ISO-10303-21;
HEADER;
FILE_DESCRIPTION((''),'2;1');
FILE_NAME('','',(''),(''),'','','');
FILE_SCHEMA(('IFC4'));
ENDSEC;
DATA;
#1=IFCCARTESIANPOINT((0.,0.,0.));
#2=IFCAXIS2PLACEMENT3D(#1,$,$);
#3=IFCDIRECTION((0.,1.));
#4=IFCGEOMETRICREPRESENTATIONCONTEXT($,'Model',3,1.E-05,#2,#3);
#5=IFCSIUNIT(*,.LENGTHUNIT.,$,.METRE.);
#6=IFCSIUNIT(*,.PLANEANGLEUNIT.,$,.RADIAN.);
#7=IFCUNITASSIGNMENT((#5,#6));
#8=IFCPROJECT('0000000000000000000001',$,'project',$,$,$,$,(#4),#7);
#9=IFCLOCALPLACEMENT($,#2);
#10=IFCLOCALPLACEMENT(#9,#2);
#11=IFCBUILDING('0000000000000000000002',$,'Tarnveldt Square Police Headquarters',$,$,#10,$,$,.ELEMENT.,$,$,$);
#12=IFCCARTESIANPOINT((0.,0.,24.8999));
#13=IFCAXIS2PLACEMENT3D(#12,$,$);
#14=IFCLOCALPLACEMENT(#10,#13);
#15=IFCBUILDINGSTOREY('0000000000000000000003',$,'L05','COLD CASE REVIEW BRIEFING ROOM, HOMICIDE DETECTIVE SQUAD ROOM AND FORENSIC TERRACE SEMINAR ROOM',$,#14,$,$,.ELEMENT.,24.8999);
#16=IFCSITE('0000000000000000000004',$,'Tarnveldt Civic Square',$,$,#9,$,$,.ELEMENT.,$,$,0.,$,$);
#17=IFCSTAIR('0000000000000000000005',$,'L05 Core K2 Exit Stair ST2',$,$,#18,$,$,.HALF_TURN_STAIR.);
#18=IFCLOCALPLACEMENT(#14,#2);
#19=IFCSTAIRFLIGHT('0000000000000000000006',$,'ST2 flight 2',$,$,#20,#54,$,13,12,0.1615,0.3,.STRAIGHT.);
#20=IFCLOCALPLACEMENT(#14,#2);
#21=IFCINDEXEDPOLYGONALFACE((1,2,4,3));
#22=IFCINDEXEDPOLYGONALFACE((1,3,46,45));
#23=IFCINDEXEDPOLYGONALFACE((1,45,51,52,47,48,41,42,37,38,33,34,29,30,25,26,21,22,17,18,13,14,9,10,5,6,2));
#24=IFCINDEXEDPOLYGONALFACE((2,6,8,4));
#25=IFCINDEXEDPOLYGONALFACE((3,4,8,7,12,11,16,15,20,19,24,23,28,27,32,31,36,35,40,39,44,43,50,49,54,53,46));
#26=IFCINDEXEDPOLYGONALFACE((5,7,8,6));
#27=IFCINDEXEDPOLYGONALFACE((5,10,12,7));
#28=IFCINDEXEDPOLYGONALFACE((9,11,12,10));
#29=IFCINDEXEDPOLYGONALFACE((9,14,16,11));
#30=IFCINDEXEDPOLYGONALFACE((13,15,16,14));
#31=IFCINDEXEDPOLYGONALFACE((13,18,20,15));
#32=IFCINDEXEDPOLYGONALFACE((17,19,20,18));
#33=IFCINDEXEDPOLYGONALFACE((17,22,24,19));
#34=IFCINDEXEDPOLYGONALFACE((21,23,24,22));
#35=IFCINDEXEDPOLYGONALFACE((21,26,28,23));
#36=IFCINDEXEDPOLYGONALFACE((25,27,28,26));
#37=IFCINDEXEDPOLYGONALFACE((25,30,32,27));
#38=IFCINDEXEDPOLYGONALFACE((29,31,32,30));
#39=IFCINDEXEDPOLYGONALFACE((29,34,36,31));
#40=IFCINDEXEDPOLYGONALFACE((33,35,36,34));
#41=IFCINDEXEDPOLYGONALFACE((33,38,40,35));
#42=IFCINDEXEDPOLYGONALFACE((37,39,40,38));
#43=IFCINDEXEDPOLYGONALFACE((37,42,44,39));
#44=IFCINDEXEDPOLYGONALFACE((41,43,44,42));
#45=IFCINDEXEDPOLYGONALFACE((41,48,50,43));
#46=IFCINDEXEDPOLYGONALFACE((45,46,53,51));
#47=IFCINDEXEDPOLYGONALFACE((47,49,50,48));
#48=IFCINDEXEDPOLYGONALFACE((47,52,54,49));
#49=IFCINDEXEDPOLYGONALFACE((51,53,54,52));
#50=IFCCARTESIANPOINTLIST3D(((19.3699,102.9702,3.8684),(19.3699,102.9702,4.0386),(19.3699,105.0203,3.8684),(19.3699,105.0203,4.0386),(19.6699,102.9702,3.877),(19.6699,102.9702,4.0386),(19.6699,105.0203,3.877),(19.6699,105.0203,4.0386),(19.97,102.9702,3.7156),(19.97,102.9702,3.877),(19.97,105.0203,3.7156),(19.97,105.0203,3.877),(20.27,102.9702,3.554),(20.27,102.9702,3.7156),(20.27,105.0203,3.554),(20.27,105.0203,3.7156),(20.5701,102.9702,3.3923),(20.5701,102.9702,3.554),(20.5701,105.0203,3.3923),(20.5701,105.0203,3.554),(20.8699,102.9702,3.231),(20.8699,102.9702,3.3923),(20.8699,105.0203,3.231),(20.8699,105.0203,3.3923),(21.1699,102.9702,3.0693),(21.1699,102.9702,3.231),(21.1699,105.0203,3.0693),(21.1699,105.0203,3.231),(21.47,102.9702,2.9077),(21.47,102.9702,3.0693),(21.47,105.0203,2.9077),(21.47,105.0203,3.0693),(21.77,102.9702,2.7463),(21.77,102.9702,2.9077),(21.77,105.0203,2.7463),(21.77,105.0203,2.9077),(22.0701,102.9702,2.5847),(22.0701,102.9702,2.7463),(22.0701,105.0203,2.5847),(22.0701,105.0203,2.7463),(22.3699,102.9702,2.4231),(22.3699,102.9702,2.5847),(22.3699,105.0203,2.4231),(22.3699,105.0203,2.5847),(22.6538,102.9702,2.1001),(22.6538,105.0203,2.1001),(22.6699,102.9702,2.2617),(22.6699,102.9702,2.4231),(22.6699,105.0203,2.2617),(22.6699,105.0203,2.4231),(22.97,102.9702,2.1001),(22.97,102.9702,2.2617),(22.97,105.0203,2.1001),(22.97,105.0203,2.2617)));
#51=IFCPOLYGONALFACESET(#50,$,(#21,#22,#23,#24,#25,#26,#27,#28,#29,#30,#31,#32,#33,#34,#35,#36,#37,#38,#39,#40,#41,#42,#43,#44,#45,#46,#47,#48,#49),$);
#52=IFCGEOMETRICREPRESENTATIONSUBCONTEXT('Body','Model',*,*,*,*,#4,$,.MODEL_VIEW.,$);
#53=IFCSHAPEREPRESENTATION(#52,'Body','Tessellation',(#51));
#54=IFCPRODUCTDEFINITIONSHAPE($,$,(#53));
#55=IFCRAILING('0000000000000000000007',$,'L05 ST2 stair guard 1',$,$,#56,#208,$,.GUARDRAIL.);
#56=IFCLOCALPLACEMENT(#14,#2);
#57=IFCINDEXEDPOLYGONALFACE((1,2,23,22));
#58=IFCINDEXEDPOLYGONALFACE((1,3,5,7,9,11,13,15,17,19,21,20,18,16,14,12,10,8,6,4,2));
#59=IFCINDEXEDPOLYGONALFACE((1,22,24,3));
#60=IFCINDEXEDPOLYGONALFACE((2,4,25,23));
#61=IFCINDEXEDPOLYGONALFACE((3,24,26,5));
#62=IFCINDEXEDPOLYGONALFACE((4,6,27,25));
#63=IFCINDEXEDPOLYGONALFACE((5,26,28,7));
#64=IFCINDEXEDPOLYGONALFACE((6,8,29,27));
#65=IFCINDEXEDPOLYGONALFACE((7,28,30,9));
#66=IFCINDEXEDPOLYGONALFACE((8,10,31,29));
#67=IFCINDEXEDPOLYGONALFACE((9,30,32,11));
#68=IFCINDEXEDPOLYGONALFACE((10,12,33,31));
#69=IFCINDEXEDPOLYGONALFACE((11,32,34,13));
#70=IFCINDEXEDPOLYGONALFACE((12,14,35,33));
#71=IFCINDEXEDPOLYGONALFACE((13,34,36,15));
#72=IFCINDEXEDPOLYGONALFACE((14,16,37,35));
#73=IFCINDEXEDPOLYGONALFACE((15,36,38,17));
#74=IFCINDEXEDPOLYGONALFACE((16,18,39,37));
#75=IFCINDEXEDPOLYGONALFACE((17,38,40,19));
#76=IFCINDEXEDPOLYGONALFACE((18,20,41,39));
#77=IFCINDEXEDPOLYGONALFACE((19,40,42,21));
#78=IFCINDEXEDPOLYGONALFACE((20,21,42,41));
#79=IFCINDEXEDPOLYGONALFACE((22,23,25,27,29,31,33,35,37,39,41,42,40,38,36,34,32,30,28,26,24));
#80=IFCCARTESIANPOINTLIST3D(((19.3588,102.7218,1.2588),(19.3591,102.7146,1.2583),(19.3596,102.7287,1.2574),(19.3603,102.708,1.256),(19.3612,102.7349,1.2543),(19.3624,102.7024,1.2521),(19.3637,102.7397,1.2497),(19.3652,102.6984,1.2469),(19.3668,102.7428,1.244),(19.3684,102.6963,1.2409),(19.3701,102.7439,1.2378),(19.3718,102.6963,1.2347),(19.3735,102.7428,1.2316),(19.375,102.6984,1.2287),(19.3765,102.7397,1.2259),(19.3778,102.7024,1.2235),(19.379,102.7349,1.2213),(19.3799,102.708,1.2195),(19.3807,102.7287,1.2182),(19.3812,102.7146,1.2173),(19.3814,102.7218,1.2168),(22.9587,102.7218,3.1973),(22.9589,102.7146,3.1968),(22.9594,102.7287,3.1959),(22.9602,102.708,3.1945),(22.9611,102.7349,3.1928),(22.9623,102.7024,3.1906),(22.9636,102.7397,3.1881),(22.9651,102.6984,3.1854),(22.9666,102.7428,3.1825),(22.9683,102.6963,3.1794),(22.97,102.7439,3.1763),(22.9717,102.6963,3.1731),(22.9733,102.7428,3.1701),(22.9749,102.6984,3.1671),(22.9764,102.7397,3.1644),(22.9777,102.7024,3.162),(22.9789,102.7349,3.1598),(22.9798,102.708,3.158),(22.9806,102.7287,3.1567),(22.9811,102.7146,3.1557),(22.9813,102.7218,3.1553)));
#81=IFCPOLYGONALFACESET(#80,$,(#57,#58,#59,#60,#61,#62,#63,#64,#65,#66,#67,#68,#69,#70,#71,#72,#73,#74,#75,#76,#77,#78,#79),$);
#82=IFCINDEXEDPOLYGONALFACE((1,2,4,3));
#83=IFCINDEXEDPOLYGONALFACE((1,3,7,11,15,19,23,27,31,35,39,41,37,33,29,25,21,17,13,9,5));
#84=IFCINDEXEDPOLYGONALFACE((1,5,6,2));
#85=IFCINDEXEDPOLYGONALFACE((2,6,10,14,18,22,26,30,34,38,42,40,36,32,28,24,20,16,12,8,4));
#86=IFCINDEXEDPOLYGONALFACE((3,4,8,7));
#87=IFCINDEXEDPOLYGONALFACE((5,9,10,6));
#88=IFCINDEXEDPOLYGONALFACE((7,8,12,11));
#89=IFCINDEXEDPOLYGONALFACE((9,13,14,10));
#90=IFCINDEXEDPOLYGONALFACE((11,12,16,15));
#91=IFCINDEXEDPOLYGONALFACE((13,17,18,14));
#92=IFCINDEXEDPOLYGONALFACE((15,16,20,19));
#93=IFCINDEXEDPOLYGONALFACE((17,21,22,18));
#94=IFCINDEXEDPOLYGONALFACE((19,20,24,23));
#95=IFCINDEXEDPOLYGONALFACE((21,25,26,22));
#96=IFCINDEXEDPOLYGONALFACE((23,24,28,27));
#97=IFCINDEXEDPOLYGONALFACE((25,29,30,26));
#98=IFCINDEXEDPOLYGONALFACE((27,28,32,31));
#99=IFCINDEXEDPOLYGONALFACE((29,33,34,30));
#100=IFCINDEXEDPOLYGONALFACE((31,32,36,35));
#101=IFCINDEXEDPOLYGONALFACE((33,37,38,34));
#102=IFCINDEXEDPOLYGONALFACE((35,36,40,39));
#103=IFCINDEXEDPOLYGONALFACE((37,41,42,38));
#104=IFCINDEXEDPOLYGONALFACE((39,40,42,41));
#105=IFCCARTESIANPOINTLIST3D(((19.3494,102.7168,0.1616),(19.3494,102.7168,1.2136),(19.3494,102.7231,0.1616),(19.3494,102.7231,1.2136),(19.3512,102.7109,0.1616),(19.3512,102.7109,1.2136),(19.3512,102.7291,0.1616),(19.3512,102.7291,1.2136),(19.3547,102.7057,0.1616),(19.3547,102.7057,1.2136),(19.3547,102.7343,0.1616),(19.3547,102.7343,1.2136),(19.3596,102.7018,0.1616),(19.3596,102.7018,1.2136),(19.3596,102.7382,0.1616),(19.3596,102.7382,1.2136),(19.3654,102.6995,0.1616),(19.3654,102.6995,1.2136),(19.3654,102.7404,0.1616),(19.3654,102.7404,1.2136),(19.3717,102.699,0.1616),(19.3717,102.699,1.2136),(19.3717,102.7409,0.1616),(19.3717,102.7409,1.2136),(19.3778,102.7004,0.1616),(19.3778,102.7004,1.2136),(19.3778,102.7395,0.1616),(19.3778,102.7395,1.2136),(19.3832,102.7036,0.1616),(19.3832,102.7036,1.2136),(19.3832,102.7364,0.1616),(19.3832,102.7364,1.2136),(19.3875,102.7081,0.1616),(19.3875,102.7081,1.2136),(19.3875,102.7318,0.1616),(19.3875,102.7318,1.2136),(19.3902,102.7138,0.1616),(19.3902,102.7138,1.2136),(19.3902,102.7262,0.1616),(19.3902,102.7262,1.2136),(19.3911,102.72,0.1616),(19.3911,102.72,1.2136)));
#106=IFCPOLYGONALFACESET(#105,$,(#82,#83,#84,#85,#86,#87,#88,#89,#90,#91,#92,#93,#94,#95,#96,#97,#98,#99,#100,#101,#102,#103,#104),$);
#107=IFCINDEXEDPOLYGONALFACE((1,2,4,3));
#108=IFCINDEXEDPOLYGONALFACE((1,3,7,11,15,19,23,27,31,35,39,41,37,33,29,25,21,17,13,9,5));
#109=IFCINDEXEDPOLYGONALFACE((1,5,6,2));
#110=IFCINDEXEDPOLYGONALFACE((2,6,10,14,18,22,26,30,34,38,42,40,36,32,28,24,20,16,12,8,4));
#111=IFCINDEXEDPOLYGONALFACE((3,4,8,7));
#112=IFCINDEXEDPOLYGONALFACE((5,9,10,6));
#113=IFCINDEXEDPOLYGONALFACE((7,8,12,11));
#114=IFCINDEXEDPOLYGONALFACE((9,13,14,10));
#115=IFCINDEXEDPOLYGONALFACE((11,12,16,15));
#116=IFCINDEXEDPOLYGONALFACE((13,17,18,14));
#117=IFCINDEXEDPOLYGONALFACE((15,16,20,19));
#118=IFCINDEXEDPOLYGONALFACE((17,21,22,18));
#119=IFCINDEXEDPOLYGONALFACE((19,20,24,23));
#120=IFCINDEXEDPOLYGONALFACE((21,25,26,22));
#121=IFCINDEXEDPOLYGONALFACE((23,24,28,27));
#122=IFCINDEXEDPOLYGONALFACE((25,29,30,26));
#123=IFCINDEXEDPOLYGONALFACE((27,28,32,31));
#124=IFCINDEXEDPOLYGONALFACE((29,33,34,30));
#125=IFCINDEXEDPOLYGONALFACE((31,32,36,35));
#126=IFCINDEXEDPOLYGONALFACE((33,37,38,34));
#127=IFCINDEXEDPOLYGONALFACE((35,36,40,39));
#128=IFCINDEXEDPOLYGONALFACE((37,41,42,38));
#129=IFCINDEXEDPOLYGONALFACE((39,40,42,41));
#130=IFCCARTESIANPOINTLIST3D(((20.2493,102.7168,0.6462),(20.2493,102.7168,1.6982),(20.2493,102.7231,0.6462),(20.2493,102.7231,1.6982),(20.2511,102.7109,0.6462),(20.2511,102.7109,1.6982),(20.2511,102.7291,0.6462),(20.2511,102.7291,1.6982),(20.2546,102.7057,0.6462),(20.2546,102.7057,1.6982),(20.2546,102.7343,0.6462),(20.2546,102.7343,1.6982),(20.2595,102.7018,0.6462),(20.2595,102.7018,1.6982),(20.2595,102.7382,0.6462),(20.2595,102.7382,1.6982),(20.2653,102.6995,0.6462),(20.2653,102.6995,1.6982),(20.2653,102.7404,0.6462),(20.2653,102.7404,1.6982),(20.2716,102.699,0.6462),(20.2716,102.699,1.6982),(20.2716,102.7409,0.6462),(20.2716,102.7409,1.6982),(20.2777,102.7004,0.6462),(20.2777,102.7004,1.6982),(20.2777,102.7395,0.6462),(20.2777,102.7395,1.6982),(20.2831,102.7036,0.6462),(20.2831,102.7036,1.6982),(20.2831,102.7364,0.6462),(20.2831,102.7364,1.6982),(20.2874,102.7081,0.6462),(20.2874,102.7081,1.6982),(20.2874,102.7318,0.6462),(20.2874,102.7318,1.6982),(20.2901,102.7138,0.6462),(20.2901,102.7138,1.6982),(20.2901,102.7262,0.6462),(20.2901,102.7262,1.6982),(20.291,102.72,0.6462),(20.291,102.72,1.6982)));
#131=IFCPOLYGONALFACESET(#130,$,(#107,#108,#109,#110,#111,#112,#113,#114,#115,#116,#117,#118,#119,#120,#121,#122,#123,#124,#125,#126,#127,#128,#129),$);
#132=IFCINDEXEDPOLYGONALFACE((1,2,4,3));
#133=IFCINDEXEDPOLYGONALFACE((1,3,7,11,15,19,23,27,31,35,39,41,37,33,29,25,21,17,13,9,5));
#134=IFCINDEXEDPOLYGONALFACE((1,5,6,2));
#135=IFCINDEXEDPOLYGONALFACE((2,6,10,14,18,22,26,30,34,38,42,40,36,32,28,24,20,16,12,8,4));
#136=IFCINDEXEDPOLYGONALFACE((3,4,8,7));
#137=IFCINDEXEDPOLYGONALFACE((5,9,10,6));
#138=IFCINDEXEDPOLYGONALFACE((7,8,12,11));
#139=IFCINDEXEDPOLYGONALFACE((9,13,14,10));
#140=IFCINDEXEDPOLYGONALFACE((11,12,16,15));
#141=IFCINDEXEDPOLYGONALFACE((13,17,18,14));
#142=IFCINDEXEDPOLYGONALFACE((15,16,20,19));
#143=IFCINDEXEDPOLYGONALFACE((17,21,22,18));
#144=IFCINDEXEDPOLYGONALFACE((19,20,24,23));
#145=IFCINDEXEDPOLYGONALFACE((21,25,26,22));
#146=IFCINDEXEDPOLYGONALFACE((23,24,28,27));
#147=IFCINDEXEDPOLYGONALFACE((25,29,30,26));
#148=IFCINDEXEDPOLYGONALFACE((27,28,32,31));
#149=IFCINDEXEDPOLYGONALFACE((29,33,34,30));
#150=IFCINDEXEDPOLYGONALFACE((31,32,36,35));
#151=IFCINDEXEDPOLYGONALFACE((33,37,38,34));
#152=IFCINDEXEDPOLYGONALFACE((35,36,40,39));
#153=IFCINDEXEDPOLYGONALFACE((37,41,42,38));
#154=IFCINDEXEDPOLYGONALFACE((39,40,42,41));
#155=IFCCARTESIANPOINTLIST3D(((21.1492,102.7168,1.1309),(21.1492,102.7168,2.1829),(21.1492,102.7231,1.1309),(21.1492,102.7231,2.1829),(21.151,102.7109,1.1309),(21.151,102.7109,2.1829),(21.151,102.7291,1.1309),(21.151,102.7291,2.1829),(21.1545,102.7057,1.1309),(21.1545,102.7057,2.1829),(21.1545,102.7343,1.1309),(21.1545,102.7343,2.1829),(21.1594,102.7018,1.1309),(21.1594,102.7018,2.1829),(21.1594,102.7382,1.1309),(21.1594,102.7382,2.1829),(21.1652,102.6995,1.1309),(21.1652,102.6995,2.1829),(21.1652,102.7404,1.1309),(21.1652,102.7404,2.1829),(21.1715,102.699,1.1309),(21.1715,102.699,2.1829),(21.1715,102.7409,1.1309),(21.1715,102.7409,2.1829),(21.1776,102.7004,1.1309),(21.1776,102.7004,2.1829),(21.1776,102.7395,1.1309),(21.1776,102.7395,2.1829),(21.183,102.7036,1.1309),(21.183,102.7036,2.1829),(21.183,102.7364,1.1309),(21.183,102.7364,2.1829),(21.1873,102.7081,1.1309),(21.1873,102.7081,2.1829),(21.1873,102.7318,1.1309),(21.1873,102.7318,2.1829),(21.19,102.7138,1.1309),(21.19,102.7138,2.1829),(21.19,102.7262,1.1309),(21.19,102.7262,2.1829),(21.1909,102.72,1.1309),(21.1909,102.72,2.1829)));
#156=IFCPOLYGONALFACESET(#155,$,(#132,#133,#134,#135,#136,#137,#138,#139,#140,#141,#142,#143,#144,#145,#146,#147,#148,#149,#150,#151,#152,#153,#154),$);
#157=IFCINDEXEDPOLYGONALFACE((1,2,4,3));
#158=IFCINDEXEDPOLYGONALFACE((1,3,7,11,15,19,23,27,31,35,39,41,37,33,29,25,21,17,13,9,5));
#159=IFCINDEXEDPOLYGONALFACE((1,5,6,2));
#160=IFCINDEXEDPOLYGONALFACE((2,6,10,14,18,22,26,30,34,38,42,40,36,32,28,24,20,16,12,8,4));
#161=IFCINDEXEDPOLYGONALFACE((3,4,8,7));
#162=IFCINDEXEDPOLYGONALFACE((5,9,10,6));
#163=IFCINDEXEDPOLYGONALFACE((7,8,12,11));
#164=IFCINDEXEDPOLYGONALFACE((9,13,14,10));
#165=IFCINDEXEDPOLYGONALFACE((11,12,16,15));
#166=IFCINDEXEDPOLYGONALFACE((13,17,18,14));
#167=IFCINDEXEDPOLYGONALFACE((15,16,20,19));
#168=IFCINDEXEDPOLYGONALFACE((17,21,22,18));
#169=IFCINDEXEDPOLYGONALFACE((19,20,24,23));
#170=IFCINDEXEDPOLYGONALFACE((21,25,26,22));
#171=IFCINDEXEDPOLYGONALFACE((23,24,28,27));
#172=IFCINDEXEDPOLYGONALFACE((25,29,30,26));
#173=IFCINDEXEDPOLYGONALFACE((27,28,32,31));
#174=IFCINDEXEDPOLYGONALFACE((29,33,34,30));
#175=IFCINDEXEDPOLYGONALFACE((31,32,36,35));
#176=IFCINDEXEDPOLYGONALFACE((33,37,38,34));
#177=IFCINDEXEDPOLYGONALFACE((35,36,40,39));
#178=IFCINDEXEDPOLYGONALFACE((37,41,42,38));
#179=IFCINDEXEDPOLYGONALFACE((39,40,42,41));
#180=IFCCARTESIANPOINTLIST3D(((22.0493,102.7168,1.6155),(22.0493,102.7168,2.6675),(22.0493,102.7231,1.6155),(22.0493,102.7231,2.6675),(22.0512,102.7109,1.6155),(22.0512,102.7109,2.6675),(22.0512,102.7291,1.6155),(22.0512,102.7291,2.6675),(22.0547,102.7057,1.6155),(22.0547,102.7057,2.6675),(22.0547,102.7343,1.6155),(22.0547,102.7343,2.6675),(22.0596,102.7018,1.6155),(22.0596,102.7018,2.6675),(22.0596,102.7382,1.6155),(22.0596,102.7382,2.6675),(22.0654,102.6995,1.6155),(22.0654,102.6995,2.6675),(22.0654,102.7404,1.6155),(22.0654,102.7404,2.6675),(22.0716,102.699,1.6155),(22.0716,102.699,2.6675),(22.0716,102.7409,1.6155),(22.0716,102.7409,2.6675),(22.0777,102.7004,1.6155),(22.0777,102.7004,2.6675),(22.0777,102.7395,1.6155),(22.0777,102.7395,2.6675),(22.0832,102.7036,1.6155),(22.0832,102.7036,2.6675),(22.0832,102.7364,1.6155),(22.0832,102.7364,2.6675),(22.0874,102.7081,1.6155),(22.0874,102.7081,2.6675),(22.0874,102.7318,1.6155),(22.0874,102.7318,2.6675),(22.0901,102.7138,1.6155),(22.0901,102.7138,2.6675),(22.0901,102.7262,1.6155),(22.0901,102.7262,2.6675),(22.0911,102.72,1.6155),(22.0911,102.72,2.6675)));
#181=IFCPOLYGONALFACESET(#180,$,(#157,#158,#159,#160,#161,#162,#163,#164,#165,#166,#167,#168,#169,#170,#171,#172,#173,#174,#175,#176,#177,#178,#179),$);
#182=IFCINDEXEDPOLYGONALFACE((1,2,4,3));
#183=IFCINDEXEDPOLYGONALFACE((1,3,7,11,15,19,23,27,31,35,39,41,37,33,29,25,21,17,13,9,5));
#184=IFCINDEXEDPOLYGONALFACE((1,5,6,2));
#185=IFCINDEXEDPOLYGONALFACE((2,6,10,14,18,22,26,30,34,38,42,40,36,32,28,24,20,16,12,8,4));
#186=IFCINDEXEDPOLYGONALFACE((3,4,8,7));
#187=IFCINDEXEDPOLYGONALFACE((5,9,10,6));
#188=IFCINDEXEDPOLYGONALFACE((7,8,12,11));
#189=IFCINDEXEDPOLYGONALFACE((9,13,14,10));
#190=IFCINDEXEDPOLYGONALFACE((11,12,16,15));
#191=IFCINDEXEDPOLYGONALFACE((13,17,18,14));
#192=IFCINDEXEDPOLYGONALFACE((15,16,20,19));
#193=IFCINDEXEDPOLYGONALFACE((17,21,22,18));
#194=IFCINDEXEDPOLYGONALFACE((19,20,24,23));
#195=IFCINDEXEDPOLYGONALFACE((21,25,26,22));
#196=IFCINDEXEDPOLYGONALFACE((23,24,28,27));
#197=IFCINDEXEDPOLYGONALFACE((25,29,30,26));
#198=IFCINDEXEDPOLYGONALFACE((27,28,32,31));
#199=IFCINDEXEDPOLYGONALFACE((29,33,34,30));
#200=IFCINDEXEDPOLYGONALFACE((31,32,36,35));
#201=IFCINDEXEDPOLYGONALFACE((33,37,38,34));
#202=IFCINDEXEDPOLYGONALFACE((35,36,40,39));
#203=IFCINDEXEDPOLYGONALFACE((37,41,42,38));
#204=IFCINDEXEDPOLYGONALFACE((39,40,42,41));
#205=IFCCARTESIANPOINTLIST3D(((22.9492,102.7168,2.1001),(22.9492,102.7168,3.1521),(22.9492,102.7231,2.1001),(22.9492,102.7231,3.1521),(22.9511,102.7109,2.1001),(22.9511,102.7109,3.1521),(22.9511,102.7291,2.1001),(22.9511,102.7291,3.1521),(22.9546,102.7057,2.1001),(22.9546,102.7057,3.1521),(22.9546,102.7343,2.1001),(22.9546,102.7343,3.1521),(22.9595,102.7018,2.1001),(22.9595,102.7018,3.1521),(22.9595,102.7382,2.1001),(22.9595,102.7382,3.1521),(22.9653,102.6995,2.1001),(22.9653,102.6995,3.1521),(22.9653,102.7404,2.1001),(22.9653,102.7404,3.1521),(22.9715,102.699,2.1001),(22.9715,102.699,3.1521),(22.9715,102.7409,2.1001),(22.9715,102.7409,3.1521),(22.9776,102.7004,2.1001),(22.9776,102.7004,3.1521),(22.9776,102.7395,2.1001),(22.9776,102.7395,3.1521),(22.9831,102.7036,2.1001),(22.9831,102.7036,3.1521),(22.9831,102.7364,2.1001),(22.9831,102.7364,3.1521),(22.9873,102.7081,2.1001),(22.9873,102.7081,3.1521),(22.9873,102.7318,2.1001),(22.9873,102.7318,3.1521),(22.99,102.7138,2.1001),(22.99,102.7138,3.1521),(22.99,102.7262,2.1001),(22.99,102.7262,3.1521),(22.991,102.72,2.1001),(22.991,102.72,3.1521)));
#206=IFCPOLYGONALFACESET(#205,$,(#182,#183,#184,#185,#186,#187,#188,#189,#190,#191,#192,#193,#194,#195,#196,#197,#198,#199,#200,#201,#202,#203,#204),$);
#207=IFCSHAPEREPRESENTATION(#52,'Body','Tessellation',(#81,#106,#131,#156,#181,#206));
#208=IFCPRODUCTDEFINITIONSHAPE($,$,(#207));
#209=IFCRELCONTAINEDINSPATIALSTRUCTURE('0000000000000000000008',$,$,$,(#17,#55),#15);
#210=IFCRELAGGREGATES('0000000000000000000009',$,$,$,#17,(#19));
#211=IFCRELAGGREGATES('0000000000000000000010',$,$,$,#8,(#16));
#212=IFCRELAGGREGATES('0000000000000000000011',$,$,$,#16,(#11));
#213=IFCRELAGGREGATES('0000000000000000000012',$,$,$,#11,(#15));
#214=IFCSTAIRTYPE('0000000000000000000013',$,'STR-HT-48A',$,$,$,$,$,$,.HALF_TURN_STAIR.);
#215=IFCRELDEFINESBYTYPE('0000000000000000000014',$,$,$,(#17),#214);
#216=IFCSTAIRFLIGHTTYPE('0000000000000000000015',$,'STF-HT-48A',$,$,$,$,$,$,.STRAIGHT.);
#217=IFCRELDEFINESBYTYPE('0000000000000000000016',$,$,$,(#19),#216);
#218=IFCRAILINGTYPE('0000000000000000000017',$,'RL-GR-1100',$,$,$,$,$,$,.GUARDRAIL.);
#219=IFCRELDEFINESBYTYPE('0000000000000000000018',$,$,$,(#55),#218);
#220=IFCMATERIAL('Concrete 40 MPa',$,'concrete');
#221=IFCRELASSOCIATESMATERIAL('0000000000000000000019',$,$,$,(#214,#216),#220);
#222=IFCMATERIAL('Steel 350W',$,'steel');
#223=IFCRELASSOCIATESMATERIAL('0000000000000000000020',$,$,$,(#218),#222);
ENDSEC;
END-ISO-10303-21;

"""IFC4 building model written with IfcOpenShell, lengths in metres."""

from ifc_helpers import new_model, si_unit, direction, frame, origin, origin_2d, place, context, subcontext, project, spatial, polyline, circle, outline, extrude, material, type_object, element, aggregate, save


model = new_model("IFC4")

# Units and contexts
model_context = context("Model", 3, precision=1e-05, world=origin(), true_north=direction((0.0, 1.0)))
body_context = subcontext(model_context, "Body", "Model", "MODEL_VIEW")
ifc_project = project(units=[si_unit("LENGTHUNIT", "METRE"), si_unit("PLANEANGLEUNIT", "RADIAN")], contexts=[model_context])

# Site, building, storey
site_placement = place(None, origin())
site = spatial("IfcSite", under=ifc_project, at=site_placement, Name="Tarnveldt Civic Square", CompositionType="ELEMENT", RefElevation=0.0)
building_placement = place(site_placement, origin())
building = spatial("IfcBuilding", under=site, at=building_placement, Name="Tarnveldt Square Police Headquarters", CompositionType="ELEMENT")
storey_placement = place(building_placement, frame((0.0, 0.0, 24.8999)))
storey = spatial("IfcBuildingStorey", under=building, at=storey_placement, Name="L05", Description="COLD CASE REVIEW BRIEFING ROOM, HOMICIDE DETECTIVE SQUAD ROOM AND FORENSIC TERRACE SEMINAR ROOM", CompositionType="ELEMENT", Elevation=24.8999)

# Shared definitions
ifc_material_1 = material(Name="Steel 350W", Category="steel")

# Shared definitions
ifc_material_2 = material(Name="Concrete 40 MPa", Category="concrete")

# Stair, stair flight
stair_type = type_object("IfcStairType", Name="STR-HT-48A", PredefinedType="HALF_TURN_STAIR", material=ifc_material_2)
stair_placement = place(storey_placement, origin())
stair = element("IfcStair", 1, at=stair_placement, inside=storey, type_object=stair_type, Name="L05 Core K2 Exit Stair ST2", PredefinedType="HALF_TURN_STAIR")
stair_flight_type = type_object("IfcStairFlightType", Name="STF-HT-48A", PredefinedType="STRAIGHT", material=ifc_material_2)
stair_flight_1_placement = place(storey_placement, frame((22.97, 103.9951, 2.1001), z_axis=(0.0, 0.0, 1.0), x_axis=(-1.0, 0.0, 0.0)))
stair_flight_1 = element("IfcStairFlight", 2, at=stair_flight_1_placement, type_object=stair_flight_type, Name="ST2 flight 2", NumberOfRisers=13, NumberOfTreads=12, PredefinedType="STRAIGHT", RiserHeight=0.1615, TreadLength=0.3, context=body_context, shape_type="SweptSolid", body=[
    extrude(outline(polyline([(0.0, 0.0), (0.0, 0.1616), (0.3, 0.1616), (0.3, 0.323), (0.6001, 0.323), (0.6001, 0.4846), (0.8999, 0.4846), (0.8999, 0.6462), (1.2, 0.6462), (1.2, 0.8076), (1.5, 0.8076), (1.5, 0.9692), (1.8, 0.9692), (1.8, 1.1309), (2.1001, 1.1309), (2.1001, 1.2922), (2.3999, 1.2922), (2.3999, 1.4539), (2.7, 1.4539), (2.7, 1.6155), (3.0, 1.6155), (3.0, 1.7769), (3.3, 1.7769), (3.3, 1.9385), (3.6001, 1.9385), (3.6001, 2.1001), (3.6001, 1.7683), (0.3162, 0.0), (0.0, 0.0)])), frame((0.0, 1.0249, 0.0), z_axis=(0.0, -1.0, 0.0), x_axis=(1.0, 0.0, 0.0)), (0.0, 0.0, 1.0), 2.05),
])
aggregate(stair, [stair_flight_1])

# Railing
railing_type_1 = type_object("IfcRailingType", Name="RL-GR-1100", PredefinedType="GUARDRAIL", material=ifc_material_1)
railing_1_placement = place(storey_placement, frame((19.3701, 102.72, 0.1616)))
element("IfcRailing", 3, at=railing_1_placement, inside=storey, type_object=railing_type_1, Name="L05 ST2 stair guard 1", PredefinedType="GUARDRAIL", context=body_context, shape_type="SweptSolid", body=[
    extrude(circle(Radius=0.0239, at=origin_2d()), frame((0.0, 0.0, 1.0762), z_axis=(0.880462, 0.0, 0.474118), x_axis=(0.0, 1.0, 0.0)), (0.0, 0.0, 1.0), 4.0886),
    extrude(circle(Radius=0.021, at=origin_2d()), origin(), (0.0, 0.0, 1.0), 1.052),
    extrude(circle(Radius=0.021, at=origin_2d()), frame((0.8999, 0.0, 0.4846)), (0.0, 0.0, 1.0), 1.052),
    extrude(circle(Radius=0.021, at=origin_2d()), frame((1.7998, 0.0, 0.9692)), (0.0, 0.0, 1.0), 1.052),
    extrude(circle(Radius=0.021, at=origin_2d()), frame((2.7, 0.0, 1.4539)), (0.0, 0.0, 1.0), 1.052),
    extrude(circle(Radius=0.021, at=origin_2d()), frame((3.5999, 0.0, 1.9385)), (0.0, 0.0, 1.0), 1.052),
])

save(model, "model.ifc")
